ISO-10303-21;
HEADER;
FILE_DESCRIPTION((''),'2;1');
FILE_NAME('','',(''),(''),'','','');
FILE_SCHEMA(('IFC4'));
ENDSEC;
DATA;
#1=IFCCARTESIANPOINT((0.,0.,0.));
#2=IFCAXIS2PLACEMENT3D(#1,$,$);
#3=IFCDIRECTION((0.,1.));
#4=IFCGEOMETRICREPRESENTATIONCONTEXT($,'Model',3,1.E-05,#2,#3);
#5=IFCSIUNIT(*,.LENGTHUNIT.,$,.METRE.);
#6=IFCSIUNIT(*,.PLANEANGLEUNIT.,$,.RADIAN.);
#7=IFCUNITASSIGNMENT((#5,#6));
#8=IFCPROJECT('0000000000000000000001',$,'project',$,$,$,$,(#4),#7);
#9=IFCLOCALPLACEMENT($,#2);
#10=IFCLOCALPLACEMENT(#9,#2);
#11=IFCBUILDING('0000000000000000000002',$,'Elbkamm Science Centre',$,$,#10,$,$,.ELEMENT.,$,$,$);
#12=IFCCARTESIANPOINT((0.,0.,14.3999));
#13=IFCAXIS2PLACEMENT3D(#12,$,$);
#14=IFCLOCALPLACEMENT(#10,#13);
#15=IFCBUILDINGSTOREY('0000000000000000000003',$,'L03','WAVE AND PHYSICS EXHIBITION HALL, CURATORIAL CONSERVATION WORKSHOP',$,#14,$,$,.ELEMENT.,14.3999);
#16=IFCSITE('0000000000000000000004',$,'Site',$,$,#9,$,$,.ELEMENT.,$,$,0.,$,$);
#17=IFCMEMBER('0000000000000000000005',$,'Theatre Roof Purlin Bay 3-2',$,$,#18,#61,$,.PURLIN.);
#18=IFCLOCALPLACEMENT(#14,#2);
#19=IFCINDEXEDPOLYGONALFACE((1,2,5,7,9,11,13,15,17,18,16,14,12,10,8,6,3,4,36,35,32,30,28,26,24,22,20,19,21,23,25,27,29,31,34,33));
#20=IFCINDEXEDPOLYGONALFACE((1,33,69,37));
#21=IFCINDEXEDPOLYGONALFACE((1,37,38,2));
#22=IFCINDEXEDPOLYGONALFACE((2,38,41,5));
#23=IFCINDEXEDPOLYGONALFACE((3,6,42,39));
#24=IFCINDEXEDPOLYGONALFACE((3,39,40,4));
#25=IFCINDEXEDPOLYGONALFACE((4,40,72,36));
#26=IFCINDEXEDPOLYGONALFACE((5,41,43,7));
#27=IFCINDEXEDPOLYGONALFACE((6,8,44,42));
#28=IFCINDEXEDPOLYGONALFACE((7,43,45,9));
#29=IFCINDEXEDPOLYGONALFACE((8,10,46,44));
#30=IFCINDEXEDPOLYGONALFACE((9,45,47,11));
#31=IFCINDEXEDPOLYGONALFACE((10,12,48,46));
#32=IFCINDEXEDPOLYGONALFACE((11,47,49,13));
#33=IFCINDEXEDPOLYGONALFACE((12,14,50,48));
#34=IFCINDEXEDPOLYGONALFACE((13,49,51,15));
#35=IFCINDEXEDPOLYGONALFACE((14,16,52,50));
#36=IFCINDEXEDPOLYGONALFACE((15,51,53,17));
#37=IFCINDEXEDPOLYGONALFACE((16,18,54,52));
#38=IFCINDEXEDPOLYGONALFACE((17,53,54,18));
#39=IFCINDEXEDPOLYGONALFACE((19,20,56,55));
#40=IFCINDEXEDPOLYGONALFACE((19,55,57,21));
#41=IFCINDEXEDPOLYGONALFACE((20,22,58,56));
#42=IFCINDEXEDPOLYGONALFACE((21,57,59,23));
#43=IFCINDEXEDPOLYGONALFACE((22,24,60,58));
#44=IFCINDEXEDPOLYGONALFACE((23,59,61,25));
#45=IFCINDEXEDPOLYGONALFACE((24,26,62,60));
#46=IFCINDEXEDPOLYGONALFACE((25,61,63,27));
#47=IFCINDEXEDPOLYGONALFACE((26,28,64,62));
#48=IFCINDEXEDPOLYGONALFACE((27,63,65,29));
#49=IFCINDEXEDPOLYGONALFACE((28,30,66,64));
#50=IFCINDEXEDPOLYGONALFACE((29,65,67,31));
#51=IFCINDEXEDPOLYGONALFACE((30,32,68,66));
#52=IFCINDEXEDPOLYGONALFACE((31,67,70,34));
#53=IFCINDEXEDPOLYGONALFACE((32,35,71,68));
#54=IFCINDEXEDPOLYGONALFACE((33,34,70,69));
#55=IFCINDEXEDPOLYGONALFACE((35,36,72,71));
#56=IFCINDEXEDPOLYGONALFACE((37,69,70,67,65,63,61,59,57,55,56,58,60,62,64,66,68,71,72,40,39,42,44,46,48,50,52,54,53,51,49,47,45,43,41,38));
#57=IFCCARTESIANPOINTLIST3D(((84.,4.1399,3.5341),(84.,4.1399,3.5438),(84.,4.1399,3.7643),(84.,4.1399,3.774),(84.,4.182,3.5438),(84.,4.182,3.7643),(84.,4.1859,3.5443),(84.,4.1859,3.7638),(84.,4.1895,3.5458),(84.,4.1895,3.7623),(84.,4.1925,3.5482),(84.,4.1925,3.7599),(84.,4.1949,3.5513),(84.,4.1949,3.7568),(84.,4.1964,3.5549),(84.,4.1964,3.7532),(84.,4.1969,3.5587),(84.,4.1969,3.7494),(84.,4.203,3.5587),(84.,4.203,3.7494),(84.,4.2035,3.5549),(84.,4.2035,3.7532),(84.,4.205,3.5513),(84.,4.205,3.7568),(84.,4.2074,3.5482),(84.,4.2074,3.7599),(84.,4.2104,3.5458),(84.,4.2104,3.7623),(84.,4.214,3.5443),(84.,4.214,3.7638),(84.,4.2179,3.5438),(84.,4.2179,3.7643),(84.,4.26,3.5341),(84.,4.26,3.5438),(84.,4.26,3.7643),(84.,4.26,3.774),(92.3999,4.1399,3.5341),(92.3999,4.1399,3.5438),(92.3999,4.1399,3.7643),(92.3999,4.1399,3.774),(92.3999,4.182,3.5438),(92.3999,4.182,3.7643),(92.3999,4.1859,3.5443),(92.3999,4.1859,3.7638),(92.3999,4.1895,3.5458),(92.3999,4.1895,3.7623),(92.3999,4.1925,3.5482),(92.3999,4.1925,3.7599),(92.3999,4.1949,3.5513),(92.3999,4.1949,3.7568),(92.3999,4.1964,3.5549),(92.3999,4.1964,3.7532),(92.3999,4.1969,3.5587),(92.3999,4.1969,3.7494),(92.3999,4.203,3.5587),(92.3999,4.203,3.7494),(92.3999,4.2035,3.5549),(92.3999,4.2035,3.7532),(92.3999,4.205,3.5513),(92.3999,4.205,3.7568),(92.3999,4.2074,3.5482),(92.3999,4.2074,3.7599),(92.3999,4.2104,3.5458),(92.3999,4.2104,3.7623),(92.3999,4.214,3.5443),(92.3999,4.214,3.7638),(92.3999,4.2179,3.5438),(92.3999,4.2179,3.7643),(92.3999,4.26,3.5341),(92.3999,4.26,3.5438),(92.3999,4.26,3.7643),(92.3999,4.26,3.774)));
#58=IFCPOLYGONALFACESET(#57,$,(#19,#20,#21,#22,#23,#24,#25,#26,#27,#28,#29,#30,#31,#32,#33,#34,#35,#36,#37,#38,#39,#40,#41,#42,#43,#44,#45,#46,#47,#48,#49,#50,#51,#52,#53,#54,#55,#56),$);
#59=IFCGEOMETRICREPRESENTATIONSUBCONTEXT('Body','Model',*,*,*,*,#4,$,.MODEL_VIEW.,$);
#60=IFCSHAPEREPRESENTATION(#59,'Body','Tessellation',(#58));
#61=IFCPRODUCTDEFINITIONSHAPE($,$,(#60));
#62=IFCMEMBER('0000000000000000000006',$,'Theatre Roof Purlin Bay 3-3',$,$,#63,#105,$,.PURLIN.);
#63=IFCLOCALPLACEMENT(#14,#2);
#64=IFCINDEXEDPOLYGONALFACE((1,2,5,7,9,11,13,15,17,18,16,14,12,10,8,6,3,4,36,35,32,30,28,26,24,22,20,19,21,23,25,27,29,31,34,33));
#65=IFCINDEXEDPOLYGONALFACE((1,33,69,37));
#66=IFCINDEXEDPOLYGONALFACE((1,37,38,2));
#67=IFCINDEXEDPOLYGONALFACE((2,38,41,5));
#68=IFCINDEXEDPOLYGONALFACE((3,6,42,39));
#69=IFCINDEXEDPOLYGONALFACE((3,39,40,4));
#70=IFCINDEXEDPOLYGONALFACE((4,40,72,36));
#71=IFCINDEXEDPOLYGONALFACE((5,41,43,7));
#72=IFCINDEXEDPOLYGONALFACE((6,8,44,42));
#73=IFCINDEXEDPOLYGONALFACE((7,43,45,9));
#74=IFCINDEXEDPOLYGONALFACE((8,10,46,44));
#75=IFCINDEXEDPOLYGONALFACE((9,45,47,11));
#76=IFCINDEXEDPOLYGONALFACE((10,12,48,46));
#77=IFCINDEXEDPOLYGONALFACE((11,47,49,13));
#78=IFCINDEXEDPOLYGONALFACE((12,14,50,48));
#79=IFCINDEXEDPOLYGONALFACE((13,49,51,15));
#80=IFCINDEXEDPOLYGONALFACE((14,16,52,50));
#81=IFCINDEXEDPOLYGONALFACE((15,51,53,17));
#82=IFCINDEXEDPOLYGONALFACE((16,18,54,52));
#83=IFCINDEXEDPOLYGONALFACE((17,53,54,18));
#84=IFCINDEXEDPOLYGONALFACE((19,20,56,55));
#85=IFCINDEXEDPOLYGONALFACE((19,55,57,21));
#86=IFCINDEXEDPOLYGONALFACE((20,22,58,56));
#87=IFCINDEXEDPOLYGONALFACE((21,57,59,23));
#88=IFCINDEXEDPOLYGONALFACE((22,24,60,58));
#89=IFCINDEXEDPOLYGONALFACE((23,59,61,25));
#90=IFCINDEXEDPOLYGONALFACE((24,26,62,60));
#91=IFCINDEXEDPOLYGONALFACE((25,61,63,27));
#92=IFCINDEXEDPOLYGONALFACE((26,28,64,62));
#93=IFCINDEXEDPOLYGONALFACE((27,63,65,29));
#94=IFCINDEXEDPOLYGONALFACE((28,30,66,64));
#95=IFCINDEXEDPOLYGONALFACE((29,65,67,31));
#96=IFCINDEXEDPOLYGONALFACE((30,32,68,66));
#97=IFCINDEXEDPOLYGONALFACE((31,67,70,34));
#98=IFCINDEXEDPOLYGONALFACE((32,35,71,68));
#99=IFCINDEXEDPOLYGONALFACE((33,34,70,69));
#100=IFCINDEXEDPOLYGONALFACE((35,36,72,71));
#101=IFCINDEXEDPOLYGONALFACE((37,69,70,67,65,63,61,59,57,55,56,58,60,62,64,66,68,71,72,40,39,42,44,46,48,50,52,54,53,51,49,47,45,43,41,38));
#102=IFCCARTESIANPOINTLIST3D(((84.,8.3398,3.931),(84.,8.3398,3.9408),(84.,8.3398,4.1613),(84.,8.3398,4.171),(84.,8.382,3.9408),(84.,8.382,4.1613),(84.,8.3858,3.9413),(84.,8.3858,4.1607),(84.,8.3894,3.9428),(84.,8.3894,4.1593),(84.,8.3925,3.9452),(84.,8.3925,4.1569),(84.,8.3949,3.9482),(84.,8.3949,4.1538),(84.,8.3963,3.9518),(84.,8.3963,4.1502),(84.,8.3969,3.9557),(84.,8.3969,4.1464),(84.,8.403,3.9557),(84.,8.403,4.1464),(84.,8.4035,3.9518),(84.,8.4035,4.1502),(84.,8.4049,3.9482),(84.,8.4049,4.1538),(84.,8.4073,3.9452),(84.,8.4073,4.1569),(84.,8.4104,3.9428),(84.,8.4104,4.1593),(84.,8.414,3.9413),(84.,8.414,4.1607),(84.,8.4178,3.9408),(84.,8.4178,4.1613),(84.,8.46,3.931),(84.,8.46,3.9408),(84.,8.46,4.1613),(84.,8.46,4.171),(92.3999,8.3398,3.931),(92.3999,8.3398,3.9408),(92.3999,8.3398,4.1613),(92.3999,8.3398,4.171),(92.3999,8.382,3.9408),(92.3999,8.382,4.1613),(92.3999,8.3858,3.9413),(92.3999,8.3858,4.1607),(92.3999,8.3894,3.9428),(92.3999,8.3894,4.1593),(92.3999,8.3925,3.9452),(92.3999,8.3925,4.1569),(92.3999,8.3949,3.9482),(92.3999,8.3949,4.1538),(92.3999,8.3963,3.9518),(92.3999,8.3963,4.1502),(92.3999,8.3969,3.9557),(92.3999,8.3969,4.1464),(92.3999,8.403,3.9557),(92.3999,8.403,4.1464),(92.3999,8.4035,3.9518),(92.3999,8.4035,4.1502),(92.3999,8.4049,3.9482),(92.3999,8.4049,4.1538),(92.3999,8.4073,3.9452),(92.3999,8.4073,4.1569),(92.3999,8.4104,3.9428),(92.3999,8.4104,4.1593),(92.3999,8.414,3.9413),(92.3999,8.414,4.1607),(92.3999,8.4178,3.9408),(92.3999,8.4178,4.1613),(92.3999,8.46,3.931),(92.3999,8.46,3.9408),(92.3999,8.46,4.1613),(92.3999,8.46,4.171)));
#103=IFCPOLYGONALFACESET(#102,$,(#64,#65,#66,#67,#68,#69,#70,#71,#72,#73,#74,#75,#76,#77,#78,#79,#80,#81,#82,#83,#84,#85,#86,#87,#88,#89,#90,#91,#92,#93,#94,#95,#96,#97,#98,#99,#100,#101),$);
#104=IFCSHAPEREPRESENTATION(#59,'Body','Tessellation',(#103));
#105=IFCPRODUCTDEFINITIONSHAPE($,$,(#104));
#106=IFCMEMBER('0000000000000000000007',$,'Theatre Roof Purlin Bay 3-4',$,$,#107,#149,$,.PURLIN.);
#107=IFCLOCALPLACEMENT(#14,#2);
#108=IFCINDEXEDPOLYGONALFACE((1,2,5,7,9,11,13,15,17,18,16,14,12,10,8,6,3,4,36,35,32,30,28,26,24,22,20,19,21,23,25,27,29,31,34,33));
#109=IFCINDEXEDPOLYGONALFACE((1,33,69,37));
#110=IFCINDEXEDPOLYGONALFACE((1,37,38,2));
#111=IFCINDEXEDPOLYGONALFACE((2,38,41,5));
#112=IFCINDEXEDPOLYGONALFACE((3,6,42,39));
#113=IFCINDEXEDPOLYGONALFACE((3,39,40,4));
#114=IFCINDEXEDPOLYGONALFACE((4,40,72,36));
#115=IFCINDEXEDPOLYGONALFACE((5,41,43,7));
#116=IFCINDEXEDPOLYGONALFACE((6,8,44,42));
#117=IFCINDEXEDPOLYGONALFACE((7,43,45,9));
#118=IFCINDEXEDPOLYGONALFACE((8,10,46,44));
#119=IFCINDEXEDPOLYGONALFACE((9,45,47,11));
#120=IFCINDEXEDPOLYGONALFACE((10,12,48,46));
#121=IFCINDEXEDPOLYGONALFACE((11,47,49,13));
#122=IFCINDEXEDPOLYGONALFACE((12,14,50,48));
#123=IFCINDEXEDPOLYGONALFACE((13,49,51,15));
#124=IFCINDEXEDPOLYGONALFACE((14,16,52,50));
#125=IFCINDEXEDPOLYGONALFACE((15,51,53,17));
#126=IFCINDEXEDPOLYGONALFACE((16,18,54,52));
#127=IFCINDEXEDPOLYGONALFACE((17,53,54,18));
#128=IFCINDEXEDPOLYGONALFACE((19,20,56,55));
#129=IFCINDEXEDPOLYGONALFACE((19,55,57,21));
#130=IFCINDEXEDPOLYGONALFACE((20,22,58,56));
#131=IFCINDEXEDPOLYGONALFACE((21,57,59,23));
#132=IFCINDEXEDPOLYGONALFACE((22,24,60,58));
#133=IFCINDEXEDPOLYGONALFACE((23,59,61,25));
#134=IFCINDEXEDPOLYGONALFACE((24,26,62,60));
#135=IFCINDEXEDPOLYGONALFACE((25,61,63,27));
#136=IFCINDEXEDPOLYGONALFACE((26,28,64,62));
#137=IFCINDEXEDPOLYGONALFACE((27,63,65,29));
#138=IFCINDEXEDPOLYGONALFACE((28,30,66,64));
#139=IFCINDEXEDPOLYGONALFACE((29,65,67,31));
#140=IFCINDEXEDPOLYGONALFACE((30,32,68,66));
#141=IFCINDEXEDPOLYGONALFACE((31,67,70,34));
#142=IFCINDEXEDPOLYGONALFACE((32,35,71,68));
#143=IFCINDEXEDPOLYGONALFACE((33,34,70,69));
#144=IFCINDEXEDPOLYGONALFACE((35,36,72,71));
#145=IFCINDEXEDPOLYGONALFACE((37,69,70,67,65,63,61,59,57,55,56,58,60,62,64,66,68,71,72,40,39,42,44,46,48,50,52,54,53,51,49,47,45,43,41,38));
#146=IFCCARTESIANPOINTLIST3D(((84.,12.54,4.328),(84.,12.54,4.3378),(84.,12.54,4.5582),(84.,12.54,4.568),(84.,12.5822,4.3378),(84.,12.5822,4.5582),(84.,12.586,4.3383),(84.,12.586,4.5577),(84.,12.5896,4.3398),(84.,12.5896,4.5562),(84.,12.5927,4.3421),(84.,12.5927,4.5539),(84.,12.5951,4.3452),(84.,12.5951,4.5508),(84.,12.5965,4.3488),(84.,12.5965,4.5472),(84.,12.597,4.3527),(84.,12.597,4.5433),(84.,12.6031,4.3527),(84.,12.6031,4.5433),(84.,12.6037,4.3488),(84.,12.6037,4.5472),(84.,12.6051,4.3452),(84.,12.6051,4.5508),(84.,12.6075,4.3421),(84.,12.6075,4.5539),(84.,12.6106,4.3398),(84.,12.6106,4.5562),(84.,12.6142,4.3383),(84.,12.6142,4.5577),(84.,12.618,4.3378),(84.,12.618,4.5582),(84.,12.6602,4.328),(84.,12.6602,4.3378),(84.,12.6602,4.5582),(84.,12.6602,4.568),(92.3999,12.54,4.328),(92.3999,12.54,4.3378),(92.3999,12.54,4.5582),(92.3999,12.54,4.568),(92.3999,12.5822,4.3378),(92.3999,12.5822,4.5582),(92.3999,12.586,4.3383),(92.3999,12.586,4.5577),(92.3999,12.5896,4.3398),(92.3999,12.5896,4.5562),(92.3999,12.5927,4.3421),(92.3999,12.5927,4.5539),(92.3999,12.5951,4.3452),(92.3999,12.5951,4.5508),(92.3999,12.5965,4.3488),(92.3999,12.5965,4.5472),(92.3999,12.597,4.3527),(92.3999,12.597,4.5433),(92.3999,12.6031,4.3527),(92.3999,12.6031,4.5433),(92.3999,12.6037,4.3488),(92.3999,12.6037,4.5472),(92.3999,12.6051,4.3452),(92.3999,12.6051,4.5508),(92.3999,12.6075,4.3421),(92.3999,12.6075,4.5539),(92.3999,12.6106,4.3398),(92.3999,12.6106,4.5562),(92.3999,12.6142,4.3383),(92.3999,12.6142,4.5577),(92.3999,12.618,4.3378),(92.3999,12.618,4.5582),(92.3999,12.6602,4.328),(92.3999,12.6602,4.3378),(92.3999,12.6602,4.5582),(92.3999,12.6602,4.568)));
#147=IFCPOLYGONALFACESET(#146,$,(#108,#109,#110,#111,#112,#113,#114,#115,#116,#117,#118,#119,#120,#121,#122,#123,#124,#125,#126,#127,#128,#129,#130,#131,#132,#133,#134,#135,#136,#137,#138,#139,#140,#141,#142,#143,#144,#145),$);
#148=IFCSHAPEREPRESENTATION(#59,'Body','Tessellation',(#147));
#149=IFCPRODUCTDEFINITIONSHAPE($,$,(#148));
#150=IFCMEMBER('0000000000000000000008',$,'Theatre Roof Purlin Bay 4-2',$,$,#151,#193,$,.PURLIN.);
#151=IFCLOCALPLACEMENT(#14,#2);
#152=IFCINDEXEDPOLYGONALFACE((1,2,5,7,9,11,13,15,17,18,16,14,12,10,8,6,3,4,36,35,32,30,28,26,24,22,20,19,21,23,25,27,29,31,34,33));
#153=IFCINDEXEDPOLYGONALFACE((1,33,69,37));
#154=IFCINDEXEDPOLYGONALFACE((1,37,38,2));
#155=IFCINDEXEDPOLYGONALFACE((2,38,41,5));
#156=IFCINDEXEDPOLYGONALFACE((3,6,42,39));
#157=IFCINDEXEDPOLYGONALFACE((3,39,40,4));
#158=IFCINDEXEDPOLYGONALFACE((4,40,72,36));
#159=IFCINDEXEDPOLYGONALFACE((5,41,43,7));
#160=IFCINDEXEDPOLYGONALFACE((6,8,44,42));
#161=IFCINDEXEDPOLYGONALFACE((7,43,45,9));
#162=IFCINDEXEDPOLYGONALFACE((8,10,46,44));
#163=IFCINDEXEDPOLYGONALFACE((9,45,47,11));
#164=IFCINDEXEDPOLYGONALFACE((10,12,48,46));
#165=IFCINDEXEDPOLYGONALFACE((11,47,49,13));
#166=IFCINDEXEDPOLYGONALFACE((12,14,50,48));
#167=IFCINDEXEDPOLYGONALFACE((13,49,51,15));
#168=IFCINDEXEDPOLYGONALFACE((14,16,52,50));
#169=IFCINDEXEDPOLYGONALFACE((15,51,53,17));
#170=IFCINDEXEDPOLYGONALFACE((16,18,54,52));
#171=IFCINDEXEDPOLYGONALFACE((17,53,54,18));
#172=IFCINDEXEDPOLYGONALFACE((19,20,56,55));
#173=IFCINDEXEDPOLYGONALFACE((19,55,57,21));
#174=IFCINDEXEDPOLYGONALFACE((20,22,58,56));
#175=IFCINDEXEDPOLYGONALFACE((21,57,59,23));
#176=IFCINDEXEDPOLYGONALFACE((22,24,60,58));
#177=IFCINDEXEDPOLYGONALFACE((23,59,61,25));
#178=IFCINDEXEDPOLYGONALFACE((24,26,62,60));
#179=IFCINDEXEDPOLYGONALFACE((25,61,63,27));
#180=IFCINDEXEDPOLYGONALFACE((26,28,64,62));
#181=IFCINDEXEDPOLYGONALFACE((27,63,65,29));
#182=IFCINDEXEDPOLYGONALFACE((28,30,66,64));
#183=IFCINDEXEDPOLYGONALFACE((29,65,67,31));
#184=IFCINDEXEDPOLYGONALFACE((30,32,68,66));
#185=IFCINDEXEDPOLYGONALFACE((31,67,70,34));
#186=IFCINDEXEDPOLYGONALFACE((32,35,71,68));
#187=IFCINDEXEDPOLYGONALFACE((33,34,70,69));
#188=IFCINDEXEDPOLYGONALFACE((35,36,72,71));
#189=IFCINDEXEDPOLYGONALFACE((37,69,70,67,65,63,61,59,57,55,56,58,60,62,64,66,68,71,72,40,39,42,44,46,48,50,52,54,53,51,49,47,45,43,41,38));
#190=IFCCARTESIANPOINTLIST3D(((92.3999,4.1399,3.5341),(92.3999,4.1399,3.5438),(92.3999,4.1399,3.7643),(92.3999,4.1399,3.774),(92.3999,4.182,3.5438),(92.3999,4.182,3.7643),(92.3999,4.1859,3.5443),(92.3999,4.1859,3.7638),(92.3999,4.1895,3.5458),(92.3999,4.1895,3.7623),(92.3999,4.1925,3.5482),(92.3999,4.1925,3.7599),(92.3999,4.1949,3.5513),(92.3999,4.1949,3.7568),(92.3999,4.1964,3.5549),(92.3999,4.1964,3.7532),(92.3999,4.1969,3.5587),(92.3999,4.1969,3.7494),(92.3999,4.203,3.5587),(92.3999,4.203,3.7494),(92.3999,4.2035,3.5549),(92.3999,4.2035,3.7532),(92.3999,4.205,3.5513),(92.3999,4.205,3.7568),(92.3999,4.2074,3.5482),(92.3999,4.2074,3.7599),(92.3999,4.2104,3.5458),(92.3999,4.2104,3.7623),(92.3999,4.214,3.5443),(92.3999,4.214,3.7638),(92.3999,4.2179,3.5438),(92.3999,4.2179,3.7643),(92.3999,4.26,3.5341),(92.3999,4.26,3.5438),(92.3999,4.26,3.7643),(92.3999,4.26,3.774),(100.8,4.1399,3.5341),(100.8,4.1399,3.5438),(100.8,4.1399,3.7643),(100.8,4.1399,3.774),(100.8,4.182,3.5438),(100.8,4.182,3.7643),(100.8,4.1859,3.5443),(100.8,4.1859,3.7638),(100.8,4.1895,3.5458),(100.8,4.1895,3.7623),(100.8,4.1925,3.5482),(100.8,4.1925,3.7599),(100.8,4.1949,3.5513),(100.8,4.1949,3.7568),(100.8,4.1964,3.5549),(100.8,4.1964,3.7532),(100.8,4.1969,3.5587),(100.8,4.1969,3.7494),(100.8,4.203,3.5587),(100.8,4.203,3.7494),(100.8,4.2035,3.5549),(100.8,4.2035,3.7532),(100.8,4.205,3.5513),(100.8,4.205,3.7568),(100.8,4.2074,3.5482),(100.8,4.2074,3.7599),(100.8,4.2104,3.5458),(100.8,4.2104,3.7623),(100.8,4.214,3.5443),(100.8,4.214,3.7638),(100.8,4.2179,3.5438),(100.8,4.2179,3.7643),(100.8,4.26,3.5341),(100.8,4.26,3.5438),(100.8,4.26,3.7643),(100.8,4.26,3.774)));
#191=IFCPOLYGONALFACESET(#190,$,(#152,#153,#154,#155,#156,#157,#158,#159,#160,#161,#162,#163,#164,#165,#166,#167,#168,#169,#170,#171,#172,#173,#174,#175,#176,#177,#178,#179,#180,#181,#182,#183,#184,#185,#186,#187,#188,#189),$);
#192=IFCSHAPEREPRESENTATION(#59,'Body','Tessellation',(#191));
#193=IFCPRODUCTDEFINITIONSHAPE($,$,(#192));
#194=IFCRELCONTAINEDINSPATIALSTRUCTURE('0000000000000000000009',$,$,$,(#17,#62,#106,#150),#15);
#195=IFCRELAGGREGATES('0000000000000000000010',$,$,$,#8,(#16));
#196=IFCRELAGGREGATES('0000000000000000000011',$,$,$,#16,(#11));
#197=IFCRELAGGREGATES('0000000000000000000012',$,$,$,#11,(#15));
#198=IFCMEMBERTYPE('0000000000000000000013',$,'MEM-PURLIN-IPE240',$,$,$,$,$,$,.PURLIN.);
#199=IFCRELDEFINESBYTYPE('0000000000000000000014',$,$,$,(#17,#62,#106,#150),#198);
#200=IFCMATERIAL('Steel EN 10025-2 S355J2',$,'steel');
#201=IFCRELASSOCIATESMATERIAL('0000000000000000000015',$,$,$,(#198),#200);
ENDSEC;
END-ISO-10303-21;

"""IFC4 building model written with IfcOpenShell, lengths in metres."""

from ifc_helpers import new_model, si_unit, direction, frame, origin, origin_2d, place, context, subcontext, project, spatial, i_section, extrude, material, material_profile, profile_set, type_object, element, save


model = new_model("IFC4")

# Units and contexts
model_context = context("Model", 3, precision=1e-05, world=origin(), true_north=direction((0.0, 1.0)))
body_context = subcontext(model_context, "Body", "Model", "MODEL_VIEW")
ifc_project = project(units=[si_unit("LENGTHUNIT", "METRE"), si_unit("PLANEANGLEUNIT", "RADIAN")], contexts=[model_context])

# Site, building, storey
site_placement = place(None, origin())
site = spatial("IfcSite", under=ifc_project, at=site_placement, Name="Site", CompositionType="ELEMENT", RefElevation=0.0)
building_placement = place(site_placement, origin())
building = spatial("IfcBuilding", under=site, at=building_placement, Name="Elbkamm Science Centre", CompositionType="ELEMENT")
storey_placement = place(building_placement, frame((0.0, 0.0, 14.3999)))
storey = spatial("IfcBuildingStorey", under=building, at=storey_placement, Name="L03", Description="WAVE AND PHYSICS EXHIBITION HALL, CURATORIAL CONSERVATION WORKSHOP", CompositionType="ELEMENT", Elevation=14.3999)

# Shared definitions
ifc_material = material(Name="Steel EN 10025-2 S355J2", Category="steel")

# Members
ifc_material_profile_1 = material_profile(ifc_material, i_section(OverallWidth=0.1201, OverallDepth=0.24, WebThickness=0.0061, FlangeThickness=0.0098, FilletRadius=0.0149, at=origin_2d()), Name="IPE 240")
ifc_profile_set_1 = profile_set([ifc_material_profile_1], Name="Steel EN 10025-2 S355J2")
member_type_1 = type_object("IfcMemberType", Name="MEM-PURLIN-IPE240", PredefinedType="PURLIN", material=ifc_profile_set_1)
for number, where, z_axis, x_axis, name in (
    (1, (84.0, 4.2, 3.6541), (1.0, 0.0, 0.0), (0.0, 1.0, 0.0), "Theatre Roof Purlin Bay 3-2"),
    (2, (84.0, 8.3999, 4.051), (1.0, 0.0, 0.0), (0.0, 1.0, 0.0), "Theatre Roof Purlin Bay 3-3"),
    (3, (84.0, 12.6001, 4.448), (1.0, 0.0, 0.0), (0.0, 1.0, 0.0), "Theatre Roof Purlin Bay 3-4"),
):
    element("IfcMember", number, at=place(storey_placement, frame(where, z_axis=z_axis, x_axis=x_axis)), inside=storey, type_object=member_type_1, Name=name, PredefinedType="PURLIN", context=body_context, shape_type="SweptSolid", body=[
        extrude(i_section(OverallWidth=0.1201, OverallDepth=0.24, WebThickness=0.0061, FlangeThickness=0.0098, FilletRadius=0.0149, at=origin_2d()), origin(), (0.0, 0.0, 1.0), 8.3999),
    ])
member_1_placement = place(storey_placement, frame((92.3999, 4.2, 3.6541), z_axis=(1.0, 0.0, 0.0), x_axis=(0.0, 1.0, 0.0)))
element("IfcMember", 4, at=member_1_placement, inside=storey, type_object=member_type_1, Name="Theatre Roof Purlin Bay 4-2", PredefinedType="PURLIN", context=body_context, shape_type="SweptSolid", body=[
    extrude(i_section(OverallWidth=0.1201, OverallDepth=0.24, WebThickness=0.0061, FlangeThickness=0.0098, FilletRadius=0.0149, at=origin_2d()), origin(), (0.0, 0.0, 1.0), 8.4001),
])

save(model, "model.ifc")
